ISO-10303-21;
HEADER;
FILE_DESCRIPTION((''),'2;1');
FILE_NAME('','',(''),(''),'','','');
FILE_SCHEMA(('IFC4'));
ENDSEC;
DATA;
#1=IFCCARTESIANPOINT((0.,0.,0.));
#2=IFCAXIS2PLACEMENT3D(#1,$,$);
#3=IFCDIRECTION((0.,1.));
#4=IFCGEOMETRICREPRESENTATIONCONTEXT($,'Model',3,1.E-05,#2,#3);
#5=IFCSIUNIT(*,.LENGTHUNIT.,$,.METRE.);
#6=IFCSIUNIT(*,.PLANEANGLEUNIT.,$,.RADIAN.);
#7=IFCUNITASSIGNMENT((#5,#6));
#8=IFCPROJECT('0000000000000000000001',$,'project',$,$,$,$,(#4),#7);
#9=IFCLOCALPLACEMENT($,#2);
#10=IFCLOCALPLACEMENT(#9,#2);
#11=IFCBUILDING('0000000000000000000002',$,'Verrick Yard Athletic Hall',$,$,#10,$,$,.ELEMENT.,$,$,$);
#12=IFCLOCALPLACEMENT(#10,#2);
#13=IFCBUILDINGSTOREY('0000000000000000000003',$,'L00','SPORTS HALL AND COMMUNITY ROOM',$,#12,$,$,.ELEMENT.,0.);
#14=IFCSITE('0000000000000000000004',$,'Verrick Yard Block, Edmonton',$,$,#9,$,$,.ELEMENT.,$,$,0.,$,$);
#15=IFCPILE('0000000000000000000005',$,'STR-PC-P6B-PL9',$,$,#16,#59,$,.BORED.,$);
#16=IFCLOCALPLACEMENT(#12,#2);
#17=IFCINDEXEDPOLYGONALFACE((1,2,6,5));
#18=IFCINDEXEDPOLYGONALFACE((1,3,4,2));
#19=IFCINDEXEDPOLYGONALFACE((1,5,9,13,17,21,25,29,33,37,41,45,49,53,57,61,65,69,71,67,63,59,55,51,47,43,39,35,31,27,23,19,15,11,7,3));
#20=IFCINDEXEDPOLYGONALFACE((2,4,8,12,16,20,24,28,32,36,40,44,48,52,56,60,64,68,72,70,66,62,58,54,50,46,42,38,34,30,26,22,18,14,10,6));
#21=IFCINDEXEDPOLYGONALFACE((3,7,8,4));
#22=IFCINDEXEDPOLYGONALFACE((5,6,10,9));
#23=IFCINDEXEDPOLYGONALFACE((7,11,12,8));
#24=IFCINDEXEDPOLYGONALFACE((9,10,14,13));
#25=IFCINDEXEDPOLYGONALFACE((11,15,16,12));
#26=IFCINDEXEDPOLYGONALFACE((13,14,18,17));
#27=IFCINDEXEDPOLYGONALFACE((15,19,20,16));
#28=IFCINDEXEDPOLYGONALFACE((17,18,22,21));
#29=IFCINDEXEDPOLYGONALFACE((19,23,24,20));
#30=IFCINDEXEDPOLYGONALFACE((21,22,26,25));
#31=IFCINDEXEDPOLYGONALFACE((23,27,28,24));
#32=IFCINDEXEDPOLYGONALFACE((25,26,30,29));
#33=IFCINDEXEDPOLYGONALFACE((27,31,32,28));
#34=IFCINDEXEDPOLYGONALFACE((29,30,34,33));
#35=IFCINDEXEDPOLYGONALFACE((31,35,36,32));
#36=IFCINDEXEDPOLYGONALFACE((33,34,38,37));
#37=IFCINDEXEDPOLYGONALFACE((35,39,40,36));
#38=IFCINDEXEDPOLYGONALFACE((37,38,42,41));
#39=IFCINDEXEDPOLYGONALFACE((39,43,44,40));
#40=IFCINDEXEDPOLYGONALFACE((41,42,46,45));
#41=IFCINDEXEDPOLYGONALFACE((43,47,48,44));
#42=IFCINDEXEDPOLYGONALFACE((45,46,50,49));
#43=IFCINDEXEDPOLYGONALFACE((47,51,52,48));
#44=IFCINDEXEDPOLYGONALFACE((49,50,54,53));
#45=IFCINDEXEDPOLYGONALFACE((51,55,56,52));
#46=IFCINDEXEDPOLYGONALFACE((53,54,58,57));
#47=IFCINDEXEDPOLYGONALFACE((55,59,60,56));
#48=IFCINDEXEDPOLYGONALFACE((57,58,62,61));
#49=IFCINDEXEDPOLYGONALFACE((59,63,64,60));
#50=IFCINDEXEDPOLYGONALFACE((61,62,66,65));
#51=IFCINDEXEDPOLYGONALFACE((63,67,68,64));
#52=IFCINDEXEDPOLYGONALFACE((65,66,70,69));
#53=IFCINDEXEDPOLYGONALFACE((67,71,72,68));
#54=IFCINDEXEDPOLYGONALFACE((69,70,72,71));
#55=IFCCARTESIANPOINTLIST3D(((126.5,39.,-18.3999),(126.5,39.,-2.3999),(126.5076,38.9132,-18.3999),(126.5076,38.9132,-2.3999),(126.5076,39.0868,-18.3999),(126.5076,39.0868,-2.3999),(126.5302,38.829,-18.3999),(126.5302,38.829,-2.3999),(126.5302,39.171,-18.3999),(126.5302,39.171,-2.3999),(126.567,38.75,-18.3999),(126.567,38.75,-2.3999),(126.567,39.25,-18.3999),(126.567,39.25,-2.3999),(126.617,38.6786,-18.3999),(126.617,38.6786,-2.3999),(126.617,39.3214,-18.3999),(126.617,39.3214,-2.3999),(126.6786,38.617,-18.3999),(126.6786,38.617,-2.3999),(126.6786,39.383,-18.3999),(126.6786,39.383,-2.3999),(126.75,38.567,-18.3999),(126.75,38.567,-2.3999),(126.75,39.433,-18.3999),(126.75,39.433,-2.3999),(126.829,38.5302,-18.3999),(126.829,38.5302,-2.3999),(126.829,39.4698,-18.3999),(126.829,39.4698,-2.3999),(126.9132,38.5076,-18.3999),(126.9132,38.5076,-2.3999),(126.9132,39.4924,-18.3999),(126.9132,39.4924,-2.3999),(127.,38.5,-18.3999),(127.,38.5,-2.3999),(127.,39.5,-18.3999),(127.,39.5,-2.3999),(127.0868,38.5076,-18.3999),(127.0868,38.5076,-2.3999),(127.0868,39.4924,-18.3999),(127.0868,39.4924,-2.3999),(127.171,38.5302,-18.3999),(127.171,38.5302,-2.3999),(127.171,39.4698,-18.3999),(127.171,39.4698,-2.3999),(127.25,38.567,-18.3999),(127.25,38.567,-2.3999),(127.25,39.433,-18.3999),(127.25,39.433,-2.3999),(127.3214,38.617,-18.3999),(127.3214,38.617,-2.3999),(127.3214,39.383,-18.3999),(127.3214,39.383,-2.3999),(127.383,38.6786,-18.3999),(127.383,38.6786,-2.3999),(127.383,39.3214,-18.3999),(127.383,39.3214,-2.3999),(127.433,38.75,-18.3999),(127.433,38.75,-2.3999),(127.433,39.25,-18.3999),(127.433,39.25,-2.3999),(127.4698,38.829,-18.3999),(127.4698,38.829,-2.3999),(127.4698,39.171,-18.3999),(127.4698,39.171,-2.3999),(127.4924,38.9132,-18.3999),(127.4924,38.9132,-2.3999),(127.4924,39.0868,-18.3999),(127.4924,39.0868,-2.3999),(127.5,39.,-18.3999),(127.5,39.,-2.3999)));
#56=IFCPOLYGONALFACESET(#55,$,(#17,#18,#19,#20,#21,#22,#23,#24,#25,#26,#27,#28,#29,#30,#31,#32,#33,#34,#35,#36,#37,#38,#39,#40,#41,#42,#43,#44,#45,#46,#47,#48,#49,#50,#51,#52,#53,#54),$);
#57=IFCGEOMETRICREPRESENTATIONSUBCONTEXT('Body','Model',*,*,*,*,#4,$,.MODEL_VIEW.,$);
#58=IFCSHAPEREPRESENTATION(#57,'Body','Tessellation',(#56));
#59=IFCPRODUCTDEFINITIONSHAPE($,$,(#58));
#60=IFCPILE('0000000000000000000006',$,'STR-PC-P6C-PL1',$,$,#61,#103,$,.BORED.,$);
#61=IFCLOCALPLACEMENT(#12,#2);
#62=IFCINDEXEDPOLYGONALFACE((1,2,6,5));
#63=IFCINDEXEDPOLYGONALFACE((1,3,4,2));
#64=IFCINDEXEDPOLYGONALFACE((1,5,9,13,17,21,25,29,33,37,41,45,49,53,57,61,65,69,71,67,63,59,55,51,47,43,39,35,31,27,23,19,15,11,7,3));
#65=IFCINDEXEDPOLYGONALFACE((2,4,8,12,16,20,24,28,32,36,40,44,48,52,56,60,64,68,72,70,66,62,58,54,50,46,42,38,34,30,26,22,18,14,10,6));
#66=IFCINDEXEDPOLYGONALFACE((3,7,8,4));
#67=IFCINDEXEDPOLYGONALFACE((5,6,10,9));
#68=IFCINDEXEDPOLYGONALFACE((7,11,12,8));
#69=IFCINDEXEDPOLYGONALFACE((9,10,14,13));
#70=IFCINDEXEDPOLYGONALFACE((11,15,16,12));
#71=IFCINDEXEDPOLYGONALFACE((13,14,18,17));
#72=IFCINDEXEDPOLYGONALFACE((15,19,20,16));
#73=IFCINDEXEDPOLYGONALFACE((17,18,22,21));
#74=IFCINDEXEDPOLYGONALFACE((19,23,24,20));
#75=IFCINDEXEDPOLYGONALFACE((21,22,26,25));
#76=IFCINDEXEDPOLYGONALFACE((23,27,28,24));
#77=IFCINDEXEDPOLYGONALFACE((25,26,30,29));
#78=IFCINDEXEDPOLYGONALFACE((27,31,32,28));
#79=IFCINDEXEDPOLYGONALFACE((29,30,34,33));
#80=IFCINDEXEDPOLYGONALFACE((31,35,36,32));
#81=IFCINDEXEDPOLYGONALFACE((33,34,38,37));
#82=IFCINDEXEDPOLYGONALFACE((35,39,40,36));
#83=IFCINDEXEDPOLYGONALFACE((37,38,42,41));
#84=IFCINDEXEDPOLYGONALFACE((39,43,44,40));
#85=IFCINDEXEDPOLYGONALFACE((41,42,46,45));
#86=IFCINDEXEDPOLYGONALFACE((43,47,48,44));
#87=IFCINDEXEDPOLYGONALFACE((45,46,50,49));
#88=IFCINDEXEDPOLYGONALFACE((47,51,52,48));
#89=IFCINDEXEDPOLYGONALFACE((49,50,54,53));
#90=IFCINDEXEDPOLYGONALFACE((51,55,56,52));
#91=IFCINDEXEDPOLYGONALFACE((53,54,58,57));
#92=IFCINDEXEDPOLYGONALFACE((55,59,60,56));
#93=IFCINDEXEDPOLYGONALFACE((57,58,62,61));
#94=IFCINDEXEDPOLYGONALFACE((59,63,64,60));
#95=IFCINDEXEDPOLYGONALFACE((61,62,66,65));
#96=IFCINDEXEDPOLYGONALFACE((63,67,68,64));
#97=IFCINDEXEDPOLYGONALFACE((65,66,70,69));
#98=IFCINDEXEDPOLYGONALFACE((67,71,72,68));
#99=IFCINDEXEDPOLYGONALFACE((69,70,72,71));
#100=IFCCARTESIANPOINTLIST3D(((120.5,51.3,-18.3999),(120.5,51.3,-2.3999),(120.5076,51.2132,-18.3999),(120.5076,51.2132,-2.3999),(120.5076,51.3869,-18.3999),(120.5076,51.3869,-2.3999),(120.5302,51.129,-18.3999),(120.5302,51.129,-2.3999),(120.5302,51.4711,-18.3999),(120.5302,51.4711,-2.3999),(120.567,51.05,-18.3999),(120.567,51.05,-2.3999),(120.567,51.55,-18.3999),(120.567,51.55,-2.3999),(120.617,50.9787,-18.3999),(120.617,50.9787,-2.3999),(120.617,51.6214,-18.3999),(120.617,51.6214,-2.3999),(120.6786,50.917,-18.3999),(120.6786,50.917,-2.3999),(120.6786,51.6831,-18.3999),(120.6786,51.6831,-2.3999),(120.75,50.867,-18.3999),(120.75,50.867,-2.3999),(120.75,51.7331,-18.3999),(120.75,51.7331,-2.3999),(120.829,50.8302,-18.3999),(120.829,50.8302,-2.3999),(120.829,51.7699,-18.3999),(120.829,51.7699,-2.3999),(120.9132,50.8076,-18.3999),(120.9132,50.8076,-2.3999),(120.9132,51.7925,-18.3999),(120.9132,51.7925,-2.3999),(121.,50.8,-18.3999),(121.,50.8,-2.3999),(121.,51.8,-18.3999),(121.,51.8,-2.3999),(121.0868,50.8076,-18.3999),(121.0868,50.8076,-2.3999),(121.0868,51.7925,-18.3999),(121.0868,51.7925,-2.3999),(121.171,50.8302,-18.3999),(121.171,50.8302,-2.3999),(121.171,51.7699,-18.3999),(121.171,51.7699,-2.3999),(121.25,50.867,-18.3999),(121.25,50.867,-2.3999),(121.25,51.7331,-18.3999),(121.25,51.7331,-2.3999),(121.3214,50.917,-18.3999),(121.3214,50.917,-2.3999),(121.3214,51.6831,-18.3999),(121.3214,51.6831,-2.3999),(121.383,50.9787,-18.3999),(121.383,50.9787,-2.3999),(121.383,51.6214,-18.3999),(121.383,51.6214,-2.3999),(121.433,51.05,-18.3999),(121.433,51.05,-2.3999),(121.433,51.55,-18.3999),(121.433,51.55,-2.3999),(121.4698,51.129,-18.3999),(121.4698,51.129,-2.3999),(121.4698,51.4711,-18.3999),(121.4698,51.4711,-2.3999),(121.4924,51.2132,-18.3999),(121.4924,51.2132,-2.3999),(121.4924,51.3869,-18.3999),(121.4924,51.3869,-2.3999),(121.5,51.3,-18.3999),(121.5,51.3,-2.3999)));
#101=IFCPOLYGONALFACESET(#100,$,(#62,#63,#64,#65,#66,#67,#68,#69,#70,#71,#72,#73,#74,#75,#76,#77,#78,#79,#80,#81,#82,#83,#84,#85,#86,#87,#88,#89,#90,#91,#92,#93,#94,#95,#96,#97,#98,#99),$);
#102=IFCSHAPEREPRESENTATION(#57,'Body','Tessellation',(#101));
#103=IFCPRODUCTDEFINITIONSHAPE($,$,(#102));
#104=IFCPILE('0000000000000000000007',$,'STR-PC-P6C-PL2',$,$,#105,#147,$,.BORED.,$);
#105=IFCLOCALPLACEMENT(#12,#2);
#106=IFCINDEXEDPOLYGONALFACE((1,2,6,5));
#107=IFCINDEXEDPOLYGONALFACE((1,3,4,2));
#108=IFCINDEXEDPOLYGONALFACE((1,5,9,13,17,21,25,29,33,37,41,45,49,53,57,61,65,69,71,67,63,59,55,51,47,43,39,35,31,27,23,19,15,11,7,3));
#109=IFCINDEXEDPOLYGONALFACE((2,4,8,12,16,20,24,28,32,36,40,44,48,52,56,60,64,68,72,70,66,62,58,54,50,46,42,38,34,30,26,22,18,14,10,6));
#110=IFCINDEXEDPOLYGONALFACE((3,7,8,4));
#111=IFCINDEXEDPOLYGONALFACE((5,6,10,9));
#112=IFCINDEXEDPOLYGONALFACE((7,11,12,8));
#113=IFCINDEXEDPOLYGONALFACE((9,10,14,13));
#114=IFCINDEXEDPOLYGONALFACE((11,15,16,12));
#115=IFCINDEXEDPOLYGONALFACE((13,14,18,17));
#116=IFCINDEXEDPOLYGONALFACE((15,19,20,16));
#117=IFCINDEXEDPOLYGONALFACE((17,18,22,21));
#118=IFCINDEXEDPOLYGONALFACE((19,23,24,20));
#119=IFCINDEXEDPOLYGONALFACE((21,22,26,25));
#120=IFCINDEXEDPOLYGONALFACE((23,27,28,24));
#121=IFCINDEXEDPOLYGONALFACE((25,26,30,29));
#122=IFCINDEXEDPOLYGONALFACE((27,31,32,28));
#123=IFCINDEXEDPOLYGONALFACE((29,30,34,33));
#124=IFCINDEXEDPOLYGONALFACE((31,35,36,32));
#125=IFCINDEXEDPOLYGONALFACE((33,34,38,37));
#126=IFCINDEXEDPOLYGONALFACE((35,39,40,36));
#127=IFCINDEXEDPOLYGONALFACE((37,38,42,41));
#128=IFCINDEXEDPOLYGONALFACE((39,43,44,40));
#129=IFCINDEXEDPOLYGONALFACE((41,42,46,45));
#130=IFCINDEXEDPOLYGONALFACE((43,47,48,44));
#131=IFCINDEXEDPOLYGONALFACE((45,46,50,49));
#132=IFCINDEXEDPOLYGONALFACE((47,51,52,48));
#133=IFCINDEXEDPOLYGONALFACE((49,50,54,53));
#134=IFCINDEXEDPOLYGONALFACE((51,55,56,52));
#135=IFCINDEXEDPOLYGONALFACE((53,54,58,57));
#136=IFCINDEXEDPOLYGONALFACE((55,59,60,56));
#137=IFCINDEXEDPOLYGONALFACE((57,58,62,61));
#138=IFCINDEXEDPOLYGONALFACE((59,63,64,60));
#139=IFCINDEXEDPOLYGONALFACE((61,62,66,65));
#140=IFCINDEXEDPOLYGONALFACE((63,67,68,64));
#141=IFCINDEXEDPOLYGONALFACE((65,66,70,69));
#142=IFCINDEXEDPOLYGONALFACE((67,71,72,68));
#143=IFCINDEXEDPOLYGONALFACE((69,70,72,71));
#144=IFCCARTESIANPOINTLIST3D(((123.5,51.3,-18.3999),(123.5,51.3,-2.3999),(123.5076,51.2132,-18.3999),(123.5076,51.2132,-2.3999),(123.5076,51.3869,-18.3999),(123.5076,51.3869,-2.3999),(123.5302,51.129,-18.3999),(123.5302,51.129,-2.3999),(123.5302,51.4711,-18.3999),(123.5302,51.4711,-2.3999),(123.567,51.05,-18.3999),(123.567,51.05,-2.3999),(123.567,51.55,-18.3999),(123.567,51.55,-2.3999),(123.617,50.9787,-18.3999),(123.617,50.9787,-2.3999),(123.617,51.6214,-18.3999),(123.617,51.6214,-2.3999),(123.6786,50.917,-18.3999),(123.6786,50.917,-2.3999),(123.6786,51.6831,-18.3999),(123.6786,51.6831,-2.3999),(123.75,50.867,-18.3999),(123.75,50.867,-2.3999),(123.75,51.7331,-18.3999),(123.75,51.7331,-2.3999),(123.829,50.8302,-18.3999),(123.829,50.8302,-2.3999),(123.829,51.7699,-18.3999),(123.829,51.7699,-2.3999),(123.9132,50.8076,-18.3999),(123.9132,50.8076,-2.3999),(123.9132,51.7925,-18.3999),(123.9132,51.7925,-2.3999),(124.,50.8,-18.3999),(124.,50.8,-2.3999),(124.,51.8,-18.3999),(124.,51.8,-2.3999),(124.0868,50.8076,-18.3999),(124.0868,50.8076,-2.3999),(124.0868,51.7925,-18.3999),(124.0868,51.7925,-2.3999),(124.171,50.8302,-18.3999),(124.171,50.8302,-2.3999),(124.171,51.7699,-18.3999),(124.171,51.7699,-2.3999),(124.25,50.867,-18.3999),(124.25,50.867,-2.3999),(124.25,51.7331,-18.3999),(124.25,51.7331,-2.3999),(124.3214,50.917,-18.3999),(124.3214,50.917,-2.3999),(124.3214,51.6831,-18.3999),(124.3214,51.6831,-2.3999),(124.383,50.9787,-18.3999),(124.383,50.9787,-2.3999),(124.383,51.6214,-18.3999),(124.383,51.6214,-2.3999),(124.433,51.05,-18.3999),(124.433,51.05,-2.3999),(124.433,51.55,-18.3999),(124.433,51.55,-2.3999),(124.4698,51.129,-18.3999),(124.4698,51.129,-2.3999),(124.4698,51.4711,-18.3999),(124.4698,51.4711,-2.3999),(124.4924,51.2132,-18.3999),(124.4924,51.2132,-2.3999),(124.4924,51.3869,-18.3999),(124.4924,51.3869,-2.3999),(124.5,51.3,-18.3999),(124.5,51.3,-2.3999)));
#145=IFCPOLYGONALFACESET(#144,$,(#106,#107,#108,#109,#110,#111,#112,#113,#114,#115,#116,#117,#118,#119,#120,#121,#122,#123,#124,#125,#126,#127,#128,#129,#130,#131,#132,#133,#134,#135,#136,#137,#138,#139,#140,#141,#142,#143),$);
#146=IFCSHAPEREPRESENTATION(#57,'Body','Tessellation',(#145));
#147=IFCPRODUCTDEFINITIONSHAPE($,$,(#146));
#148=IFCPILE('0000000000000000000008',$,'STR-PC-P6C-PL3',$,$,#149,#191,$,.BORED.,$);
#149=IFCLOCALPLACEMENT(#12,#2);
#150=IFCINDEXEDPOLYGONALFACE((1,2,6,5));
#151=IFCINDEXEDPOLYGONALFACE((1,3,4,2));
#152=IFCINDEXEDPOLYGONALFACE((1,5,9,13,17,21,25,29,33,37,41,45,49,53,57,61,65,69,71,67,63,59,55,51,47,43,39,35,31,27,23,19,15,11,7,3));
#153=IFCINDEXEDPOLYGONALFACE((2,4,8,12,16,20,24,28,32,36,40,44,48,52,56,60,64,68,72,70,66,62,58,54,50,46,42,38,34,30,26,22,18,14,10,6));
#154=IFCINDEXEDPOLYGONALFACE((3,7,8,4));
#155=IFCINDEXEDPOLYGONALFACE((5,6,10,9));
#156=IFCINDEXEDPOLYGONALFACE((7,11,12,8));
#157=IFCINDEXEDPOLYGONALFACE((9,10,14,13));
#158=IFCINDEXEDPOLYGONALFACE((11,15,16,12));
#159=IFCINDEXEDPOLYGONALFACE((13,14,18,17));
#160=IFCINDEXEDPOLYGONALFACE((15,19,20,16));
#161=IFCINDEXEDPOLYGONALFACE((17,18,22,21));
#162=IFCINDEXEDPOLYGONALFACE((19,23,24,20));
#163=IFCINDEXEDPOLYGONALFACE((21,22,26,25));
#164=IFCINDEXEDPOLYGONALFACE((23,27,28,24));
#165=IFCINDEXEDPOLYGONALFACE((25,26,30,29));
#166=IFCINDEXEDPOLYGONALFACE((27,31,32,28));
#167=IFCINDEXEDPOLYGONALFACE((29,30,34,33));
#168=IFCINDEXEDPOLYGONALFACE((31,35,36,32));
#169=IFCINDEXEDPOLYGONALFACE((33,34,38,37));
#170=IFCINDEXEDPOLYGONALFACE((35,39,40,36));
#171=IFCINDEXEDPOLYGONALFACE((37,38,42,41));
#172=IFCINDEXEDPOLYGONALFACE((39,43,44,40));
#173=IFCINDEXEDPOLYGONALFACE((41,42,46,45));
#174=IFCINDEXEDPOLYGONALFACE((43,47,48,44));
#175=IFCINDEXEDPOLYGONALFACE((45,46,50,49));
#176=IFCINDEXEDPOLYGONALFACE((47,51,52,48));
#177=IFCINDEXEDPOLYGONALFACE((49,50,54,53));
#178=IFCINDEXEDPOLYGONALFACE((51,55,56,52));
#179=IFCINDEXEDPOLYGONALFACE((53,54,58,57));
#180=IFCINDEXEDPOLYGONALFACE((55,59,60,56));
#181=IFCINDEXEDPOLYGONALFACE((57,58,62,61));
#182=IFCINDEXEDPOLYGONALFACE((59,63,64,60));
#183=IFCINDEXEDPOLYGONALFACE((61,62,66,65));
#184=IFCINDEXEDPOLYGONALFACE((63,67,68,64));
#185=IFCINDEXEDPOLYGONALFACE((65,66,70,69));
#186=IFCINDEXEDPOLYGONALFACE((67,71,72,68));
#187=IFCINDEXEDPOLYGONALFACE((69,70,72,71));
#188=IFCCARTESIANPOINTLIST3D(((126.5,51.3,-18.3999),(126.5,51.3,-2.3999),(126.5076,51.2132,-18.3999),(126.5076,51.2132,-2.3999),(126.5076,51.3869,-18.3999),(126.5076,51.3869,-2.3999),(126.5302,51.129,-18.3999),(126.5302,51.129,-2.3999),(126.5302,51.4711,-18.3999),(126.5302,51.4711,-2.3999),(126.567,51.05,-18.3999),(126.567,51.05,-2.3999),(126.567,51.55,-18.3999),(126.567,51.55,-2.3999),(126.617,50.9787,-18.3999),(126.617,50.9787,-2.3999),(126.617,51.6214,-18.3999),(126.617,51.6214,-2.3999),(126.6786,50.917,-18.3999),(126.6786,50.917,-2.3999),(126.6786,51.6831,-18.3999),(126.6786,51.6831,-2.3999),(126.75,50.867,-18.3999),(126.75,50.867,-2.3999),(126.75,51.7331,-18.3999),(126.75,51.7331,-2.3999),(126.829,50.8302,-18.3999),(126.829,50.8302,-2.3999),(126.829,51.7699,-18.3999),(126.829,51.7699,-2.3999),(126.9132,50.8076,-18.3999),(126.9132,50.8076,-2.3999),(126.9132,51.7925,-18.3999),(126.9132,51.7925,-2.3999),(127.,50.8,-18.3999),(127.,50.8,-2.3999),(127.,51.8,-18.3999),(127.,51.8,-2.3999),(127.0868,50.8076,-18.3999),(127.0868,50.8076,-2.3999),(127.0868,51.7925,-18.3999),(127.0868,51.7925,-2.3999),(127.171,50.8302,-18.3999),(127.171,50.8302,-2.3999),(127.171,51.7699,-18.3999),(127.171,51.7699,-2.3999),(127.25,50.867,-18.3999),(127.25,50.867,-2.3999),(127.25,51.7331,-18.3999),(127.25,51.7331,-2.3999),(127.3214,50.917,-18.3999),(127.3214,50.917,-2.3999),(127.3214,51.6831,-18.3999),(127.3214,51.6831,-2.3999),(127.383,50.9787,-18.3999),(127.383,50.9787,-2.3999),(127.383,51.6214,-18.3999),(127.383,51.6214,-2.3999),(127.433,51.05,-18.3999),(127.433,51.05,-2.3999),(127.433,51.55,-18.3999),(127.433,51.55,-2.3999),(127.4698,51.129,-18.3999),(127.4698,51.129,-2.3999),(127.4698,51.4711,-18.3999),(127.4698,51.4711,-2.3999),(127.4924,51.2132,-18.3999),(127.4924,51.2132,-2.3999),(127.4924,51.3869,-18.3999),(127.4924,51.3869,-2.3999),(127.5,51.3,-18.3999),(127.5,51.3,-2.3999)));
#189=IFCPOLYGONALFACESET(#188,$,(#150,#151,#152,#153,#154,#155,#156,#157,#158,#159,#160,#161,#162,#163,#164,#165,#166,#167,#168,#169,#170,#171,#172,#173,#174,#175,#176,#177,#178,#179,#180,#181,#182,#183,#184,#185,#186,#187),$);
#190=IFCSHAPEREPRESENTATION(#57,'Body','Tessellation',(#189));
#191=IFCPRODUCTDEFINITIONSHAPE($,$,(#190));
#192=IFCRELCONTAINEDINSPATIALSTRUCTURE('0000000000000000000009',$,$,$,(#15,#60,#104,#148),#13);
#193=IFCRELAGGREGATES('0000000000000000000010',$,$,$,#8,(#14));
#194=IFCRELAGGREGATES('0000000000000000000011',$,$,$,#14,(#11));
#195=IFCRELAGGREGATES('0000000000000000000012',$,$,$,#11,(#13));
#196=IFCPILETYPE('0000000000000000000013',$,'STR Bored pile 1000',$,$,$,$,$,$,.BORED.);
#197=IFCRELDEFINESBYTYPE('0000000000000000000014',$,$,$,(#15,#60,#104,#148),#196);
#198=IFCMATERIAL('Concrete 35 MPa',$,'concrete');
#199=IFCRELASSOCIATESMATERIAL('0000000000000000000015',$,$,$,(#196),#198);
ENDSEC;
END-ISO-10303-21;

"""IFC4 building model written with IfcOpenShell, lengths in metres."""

from ifc_helpers import new_model, si_unit, direction, frame, origin, origin_2d, place, context, subcontext, project, spatial, circle, extrude, material, type_object, element, save


model = new_model("IFC4")

# Units and contexts
model_context = context("Model", 3, precision=1e-05, world=origin(), true_north=direction((0.0, 1.0)))
body_context = subcontext(model_context, "Body", "Model", "MODEL_VIEW")
ifc_project = project(units=[si_unit("LENGTHUNIT", "METRE"), si_unit("PLANEANGLEUNIT", "RADIAN")], contexts=[model_context])

# Site, building, storey
site_placement = place(None, origin())
site = spatial("IfcSite", under=ifc_project, at=site_placement, Name="Verrick Yard Block, Edmonton", CompositionType="ELEMENT", RefElevation=0.0)
building_placement = place(site_placement, origin())
building = spatial("IfcBuilding", under=site, at=building_placement, Name="Verrick Yard Athletic Hall", CompositionType="ELEMENT")
storey_placement = place(building_placement, origin())
storey = spatial("IfcBuildingStorey", under=building, at=storey_placement, Name="L00", Description="SPORTS HALL AND COMMUNITY ROOM", CompositionType="ELEMENT", Elevation=0.0)

# Piles
ifc_material_1 = material(Name="Concrete 35 MPa", Category="concrete")
pile_type = type_object("IfcPileType", Name="STR Bored pile 1000", PredefinedType="BORED", material=ifc_material_1)
for number, where, z_axis, x_axis, name in (
    (1, (127.0, 39.0, -2.3999), (0.0, 0.0, -1.0), (1.0, 0.0, 0.0), "STR-PC-P6B-PL9"),
    (2, (121.0, 51.3, -2.3999), (0.0, 0.0, -1.0), (1.0, 0.0, 0.0), "STR-PC-P6C-PL1"),
    (3, (124.0, 51.3, -2.3999), (0.0, 0.0, -1.0), (1.0, 0.0, 0.0), "STR-PC-P6C-PL2"),
    (4, (127.0, 51.3, -2.3999), (0.0, 0.0, -1.0), (1.0, 0.0, 0.0), "STR-PC-P6C-PL3"),
):
    element("IfcPile", number, at=place(storey_placement, frame(where, z_axis=z_axis, x_axis=x_axis)), inside=storey, type_object=pile_type, Name=name, PredefinedType="BORED", context=body_context, shape_type="SweptSolid", body=[
        extrude(circle(Radius=0.5, at=origin_2d()), origin(), (0.0, 0.0, 1.0), 16.0),
    ])

save(model, "model.ifc")
